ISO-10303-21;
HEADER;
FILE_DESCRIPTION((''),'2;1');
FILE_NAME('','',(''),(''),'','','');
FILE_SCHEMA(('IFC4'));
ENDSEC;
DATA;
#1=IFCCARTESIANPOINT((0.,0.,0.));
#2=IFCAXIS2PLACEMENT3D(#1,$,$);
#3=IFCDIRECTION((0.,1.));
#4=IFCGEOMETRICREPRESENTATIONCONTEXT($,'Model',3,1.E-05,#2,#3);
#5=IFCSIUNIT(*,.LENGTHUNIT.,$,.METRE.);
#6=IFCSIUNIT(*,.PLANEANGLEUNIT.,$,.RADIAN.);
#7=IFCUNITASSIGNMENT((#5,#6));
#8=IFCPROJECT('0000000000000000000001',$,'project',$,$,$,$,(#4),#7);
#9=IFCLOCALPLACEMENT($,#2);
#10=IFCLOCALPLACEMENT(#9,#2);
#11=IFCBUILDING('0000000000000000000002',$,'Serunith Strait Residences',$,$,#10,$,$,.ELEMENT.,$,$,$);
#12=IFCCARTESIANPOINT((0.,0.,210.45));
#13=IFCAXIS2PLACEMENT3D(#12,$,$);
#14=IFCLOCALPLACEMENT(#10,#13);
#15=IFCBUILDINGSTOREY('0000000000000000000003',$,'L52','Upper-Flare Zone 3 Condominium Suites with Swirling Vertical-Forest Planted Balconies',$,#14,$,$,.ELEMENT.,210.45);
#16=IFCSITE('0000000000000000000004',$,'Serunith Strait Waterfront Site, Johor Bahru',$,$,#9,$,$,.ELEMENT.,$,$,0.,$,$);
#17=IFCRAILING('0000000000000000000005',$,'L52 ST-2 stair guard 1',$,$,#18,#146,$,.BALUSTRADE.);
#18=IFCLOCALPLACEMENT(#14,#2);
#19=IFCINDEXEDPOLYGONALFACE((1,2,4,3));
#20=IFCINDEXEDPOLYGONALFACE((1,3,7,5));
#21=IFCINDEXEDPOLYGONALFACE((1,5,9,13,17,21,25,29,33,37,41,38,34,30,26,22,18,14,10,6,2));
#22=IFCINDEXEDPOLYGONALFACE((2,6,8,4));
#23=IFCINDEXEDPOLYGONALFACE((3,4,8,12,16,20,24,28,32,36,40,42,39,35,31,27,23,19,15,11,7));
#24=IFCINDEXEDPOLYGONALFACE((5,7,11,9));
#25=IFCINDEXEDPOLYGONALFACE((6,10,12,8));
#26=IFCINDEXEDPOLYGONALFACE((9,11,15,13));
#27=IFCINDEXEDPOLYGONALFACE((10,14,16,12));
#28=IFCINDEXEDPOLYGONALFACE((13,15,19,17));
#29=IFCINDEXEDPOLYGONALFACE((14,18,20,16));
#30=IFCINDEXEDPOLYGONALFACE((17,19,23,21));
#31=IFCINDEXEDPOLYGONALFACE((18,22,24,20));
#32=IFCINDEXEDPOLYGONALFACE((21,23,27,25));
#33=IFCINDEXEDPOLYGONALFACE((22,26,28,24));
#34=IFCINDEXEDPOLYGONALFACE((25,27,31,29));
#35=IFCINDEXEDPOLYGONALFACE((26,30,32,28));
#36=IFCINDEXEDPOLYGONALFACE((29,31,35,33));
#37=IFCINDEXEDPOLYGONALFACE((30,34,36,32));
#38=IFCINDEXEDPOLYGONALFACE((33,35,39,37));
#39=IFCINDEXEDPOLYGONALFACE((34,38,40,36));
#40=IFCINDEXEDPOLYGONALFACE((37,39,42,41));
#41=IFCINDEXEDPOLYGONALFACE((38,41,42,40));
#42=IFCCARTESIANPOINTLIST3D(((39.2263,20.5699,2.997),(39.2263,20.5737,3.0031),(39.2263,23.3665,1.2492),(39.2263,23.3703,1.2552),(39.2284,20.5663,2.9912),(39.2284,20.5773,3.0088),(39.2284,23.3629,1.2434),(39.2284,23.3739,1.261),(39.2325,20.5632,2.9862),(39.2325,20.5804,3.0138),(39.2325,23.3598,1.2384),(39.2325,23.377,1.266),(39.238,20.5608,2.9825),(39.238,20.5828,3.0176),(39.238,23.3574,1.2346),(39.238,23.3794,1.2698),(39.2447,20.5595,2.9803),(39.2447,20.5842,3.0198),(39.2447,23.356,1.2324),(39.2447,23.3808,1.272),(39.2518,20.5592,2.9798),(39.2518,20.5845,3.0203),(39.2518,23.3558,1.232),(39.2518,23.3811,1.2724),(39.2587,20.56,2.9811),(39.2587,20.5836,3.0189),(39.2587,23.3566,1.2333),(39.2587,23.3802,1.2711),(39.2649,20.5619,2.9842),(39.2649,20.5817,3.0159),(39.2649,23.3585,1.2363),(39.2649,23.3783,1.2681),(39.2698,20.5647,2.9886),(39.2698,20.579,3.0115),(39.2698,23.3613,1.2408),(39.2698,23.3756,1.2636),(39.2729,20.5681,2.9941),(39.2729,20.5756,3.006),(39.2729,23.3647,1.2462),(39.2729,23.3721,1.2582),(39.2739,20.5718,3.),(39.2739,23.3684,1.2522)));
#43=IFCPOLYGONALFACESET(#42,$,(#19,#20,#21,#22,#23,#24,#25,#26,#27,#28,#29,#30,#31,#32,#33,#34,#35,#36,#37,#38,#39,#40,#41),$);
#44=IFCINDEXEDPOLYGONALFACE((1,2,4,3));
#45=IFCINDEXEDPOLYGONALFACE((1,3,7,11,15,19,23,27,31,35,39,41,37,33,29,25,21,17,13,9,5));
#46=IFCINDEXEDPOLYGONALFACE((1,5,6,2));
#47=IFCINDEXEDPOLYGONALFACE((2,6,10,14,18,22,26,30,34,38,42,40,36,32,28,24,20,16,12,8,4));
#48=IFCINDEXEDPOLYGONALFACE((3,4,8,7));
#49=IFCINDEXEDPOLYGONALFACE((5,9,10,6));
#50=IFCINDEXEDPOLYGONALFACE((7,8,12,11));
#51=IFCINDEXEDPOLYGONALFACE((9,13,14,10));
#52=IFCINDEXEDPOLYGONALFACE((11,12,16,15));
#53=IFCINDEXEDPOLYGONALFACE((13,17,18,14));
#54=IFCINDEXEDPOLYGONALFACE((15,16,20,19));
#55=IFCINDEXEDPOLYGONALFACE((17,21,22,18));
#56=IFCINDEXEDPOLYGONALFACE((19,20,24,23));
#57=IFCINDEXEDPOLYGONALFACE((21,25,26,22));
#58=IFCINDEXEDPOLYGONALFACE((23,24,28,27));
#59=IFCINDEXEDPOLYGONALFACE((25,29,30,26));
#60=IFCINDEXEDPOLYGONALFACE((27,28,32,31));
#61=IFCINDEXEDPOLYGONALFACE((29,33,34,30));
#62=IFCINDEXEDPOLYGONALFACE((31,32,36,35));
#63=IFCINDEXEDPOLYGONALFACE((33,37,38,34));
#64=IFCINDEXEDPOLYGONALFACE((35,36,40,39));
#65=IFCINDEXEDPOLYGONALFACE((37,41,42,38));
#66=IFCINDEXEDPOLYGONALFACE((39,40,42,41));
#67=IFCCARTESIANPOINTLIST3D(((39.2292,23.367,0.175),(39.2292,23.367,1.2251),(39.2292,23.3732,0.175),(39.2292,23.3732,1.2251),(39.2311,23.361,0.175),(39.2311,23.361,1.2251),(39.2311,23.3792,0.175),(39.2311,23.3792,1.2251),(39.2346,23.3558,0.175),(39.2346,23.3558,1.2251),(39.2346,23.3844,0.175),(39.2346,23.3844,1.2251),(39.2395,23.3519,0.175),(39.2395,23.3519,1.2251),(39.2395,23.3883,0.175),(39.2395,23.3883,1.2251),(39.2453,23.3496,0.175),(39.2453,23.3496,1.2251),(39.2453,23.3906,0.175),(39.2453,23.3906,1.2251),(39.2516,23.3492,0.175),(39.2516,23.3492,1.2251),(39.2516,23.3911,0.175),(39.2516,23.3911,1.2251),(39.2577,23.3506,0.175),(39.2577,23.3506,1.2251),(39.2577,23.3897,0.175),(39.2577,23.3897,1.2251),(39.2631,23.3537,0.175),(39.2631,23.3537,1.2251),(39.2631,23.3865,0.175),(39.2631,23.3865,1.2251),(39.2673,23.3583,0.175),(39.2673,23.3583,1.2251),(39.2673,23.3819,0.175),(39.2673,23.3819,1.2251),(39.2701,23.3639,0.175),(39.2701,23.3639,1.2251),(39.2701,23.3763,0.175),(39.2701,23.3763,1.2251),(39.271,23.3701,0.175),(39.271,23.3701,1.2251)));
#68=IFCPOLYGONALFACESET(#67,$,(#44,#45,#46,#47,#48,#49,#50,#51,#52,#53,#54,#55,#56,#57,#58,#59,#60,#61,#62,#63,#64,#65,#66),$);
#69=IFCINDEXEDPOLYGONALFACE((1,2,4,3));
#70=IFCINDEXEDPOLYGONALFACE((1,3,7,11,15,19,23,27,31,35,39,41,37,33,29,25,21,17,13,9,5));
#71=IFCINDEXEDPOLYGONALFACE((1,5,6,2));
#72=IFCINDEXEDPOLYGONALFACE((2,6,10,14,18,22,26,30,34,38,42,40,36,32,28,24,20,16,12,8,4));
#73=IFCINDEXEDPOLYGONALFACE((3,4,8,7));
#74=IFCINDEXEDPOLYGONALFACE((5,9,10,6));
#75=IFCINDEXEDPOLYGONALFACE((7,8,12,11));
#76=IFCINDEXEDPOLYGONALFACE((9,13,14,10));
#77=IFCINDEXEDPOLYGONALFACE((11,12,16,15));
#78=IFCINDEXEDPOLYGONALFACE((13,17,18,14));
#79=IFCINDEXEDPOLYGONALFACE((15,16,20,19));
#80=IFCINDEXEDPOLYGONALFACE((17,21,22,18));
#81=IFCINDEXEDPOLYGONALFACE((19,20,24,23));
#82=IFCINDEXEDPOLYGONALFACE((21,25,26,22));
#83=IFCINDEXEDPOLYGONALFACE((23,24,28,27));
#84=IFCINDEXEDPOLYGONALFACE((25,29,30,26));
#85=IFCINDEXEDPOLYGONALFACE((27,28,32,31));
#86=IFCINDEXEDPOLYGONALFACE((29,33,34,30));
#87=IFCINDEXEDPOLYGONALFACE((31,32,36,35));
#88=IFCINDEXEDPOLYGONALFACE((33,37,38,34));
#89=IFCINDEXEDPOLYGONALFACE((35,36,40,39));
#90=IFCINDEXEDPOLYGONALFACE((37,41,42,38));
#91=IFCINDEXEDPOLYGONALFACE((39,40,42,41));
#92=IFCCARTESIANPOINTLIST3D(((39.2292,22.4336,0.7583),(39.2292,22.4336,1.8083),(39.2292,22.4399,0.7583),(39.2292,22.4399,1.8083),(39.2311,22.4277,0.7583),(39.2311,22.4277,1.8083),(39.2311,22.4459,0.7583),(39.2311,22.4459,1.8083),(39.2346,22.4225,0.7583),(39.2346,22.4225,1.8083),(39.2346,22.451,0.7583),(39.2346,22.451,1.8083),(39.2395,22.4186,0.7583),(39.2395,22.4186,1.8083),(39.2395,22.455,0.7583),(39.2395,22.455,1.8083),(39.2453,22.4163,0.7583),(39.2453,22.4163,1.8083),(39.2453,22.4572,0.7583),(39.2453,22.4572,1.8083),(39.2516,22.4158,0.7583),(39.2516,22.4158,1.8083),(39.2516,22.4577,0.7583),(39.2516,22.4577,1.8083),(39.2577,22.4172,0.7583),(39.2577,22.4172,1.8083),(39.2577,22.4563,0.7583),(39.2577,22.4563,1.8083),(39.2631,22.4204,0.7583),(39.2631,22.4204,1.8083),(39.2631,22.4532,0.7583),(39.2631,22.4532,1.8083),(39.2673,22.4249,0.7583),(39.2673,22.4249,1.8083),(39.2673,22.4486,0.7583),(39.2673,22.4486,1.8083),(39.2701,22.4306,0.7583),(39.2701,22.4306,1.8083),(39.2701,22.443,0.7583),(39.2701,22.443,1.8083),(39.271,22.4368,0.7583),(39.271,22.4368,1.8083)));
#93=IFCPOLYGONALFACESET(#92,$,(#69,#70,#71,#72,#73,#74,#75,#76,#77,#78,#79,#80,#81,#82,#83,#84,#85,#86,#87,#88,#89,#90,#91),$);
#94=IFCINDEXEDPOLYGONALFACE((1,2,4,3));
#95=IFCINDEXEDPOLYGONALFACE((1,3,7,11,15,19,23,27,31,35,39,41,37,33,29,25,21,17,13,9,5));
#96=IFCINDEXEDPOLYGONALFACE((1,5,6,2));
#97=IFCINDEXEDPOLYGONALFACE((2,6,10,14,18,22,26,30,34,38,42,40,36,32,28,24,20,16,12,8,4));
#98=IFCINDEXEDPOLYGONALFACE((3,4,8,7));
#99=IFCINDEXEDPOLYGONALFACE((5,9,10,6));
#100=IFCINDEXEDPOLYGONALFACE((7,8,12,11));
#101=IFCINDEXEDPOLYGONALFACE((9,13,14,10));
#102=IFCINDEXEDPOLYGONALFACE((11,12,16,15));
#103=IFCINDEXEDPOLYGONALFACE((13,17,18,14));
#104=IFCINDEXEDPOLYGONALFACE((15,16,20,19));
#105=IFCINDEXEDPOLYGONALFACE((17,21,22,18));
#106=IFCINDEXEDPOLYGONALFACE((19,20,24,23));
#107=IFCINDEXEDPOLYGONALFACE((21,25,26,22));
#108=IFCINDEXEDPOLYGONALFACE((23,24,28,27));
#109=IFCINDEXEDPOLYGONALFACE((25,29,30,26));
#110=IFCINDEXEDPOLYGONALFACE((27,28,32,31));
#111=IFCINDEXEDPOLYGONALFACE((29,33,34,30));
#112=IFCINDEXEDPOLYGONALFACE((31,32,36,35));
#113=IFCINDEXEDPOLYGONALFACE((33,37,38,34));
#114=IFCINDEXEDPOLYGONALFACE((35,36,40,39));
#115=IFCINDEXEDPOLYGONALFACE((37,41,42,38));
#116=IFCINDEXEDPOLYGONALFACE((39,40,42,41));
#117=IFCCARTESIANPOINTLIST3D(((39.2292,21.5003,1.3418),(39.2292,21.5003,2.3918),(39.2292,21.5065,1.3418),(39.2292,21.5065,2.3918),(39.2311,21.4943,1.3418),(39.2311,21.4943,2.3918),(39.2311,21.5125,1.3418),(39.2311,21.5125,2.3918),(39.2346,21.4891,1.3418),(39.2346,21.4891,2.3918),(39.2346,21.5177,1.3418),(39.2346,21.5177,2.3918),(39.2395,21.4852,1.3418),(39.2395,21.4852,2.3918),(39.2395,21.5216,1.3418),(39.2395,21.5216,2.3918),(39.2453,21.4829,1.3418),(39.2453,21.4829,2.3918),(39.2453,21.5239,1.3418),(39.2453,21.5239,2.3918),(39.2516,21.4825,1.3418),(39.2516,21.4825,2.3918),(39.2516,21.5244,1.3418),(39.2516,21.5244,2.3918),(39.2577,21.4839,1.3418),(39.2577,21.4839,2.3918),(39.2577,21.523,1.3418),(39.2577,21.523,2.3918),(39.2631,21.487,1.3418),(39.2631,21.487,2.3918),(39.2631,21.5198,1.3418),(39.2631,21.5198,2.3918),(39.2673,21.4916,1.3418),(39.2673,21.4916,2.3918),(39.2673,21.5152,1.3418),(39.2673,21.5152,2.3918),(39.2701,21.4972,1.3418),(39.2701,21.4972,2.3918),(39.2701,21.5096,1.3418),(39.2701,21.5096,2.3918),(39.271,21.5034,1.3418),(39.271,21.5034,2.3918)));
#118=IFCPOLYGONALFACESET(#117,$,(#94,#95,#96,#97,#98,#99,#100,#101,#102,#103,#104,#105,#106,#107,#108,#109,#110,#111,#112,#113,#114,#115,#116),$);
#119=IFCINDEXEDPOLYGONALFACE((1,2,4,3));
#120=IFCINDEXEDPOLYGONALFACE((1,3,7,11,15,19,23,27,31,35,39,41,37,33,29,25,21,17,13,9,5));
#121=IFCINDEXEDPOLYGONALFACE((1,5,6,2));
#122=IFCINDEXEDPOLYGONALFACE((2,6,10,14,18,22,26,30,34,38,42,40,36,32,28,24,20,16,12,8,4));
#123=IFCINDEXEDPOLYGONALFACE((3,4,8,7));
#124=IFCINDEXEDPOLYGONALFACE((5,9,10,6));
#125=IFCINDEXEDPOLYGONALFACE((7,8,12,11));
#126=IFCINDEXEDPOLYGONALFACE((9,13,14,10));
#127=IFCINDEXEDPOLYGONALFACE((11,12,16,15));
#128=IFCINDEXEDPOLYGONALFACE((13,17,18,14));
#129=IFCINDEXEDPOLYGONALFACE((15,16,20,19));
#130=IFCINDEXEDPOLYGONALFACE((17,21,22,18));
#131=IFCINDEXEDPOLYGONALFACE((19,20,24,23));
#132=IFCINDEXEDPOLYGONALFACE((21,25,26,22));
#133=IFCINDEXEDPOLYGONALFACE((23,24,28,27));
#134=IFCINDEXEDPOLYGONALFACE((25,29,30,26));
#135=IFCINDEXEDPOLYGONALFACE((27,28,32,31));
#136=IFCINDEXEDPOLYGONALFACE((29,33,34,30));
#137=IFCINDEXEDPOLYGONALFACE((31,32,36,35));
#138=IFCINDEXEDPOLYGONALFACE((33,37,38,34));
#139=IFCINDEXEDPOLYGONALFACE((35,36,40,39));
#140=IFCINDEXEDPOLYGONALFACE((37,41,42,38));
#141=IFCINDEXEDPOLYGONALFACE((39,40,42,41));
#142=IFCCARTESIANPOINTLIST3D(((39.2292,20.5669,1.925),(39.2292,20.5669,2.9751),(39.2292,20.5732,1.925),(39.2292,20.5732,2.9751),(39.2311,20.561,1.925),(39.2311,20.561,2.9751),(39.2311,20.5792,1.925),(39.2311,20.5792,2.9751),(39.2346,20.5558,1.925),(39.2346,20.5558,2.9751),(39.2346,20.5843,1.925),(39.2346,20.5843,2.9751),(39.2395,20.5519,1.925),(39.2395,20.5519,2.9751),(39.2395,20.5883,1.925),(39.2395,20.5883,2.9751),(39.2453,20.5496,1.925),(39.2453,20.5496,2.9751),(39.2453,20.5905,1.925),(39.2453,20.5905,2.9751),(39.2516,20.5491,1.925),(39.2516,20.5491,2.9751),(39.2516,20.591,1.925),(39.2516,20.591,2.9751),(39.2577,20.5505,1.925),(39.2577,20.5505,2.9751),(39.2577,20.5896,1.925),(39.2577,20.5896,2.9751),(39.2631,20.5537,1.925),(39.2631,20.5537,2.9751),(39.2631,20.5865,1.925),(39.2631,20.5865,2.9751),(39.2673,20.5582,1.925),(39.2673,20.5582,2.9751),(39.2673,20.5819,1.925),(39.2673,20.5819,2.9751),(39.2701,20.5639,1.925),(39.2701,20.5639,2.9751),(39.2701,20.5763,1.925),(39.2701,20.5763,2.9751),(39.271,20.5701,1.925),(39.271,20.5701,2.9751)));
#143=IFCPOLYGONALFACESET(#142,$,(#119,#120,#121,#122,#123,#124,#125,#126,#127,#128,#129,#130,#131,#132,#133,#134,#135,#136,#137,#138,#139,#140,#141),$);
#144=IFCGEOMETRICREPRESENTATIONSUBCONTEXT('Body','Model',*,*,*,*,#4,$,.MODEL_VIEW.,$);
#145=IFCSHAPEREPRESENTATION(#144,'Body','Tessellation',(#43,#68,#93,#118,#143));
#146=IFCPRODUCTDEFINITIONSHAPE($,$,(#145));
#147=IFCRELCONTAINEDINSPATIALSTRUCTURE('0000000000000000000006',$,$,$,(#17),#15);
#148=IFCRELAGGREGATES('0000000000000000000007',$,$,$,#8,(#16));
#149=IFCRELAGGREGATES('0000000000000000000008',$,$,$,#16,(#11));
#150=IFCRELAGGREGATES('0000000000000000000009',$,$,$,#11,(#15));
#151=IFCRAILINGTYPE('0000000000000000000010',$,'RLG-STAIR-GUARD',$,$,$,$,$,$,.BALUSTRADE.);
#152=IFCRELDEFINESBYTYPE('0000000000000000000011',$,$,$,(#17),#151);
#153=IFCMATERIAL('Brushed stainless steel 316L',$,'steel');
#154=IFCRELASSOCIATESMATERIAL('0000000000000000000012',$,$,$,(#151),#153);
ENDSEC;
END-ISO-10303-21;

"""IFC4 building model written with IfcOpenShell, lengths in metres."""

from ifc_helpers import new_model, si_unit, direction, frame, origin, origin_2d, place, context, subcontext, project, spatial, circle, extrude, material, type_object, element, save


model = new_model("IFC4")

# Units and contexts
model_context = context("Model", 3, precision=1e-05, world=origin(), true_north=direction((0.0, 1.0)))
body_context = subcontext(model_context, "Body", "Model", "MODEL_VIEW")
ifc_project = project(units=[si_unit("LENGTHUNIT", "METRE"), si_unit("PLANEANGLEUNIT", "RADIAN")], contexts=[model_context])

# Site, building, storey
site_placement = place(None, origin())
site = spatial("IfcSite", under=ifc_project, at=site_placement, Name="Serunith Strait Waterfront Site, Johor Bahru", CompositionType="ELEMENT", RefElevation=0.0)
building_placement = place(site_placement, origin())
building = spatial("IfcBuilding", under=site, at=building_placement, Name="Serunith Strait Residences", CompositionType="ELEMENT")
storey_placement = place(building_placement, frame((0.0, 0.0, 210.45)))
storey = spatial("IfcBuildingStorey", under=building, at=storey_placement, Name="L52", Description="Upper-Flare Zone 3 Condominium Suites with Swirling Vertical-Forest Planted Balconies", CompositionType="ELEMENT", Elevation=210.45)

# Railing
ifc_material_1 = material(Name="Brushed stainless steel 316L", Category="steel")
railing_type_1 = type_object("IfcRailingType", Name="RLG-STAIR-GUARD", PredefinedType="BALUSTRADE", material=ifc_material_1)
railing_1_placement = place(storey_placement, frame((39.25, 23.3701, 0.175)))
element("IfcRailing", 1, at=railing_1_placement, inside=storey, type_object=railing_type_1, Name="L52 ST-2 stair guard 1", PredefinedType="BALUSTRADE", context=body_context, shape_type="SweptSolid", body=[
    extrude(circle(Radius=0.0239, at=origin_2d()), frame((0.0, -0.0017, 1.0771), z_axis=(0.0, -0.848002, 0.529992), x_axis=(1.0, 0.0, 0.0)), (0.0, 0.0, 1.0), 3.2979),
    extrude(circle(Radius=0.021, at=origin_2d()), origin(), (0.0, 0.0, 1.0), 1.05),
    extrude(circle(Radius=0.021, at=origin_2d()), frame((0.0, -0.9333, 0.5833)), (0.0, 0.0, 1.0), 1.05),
    extrude(circle(Radius=0.021, at=origin_2d()), frame((0.0, -1.8667, 1.1667)), (0.0, 0.0, 1.0), 1.05),
    extrude(circle(Radius=0.021, at=origin_2d()), frame((0.0, -2.8, 1.75)), (0.0, 0.0, 1.0), 1.05),
])

save(model, "model.ifc")
